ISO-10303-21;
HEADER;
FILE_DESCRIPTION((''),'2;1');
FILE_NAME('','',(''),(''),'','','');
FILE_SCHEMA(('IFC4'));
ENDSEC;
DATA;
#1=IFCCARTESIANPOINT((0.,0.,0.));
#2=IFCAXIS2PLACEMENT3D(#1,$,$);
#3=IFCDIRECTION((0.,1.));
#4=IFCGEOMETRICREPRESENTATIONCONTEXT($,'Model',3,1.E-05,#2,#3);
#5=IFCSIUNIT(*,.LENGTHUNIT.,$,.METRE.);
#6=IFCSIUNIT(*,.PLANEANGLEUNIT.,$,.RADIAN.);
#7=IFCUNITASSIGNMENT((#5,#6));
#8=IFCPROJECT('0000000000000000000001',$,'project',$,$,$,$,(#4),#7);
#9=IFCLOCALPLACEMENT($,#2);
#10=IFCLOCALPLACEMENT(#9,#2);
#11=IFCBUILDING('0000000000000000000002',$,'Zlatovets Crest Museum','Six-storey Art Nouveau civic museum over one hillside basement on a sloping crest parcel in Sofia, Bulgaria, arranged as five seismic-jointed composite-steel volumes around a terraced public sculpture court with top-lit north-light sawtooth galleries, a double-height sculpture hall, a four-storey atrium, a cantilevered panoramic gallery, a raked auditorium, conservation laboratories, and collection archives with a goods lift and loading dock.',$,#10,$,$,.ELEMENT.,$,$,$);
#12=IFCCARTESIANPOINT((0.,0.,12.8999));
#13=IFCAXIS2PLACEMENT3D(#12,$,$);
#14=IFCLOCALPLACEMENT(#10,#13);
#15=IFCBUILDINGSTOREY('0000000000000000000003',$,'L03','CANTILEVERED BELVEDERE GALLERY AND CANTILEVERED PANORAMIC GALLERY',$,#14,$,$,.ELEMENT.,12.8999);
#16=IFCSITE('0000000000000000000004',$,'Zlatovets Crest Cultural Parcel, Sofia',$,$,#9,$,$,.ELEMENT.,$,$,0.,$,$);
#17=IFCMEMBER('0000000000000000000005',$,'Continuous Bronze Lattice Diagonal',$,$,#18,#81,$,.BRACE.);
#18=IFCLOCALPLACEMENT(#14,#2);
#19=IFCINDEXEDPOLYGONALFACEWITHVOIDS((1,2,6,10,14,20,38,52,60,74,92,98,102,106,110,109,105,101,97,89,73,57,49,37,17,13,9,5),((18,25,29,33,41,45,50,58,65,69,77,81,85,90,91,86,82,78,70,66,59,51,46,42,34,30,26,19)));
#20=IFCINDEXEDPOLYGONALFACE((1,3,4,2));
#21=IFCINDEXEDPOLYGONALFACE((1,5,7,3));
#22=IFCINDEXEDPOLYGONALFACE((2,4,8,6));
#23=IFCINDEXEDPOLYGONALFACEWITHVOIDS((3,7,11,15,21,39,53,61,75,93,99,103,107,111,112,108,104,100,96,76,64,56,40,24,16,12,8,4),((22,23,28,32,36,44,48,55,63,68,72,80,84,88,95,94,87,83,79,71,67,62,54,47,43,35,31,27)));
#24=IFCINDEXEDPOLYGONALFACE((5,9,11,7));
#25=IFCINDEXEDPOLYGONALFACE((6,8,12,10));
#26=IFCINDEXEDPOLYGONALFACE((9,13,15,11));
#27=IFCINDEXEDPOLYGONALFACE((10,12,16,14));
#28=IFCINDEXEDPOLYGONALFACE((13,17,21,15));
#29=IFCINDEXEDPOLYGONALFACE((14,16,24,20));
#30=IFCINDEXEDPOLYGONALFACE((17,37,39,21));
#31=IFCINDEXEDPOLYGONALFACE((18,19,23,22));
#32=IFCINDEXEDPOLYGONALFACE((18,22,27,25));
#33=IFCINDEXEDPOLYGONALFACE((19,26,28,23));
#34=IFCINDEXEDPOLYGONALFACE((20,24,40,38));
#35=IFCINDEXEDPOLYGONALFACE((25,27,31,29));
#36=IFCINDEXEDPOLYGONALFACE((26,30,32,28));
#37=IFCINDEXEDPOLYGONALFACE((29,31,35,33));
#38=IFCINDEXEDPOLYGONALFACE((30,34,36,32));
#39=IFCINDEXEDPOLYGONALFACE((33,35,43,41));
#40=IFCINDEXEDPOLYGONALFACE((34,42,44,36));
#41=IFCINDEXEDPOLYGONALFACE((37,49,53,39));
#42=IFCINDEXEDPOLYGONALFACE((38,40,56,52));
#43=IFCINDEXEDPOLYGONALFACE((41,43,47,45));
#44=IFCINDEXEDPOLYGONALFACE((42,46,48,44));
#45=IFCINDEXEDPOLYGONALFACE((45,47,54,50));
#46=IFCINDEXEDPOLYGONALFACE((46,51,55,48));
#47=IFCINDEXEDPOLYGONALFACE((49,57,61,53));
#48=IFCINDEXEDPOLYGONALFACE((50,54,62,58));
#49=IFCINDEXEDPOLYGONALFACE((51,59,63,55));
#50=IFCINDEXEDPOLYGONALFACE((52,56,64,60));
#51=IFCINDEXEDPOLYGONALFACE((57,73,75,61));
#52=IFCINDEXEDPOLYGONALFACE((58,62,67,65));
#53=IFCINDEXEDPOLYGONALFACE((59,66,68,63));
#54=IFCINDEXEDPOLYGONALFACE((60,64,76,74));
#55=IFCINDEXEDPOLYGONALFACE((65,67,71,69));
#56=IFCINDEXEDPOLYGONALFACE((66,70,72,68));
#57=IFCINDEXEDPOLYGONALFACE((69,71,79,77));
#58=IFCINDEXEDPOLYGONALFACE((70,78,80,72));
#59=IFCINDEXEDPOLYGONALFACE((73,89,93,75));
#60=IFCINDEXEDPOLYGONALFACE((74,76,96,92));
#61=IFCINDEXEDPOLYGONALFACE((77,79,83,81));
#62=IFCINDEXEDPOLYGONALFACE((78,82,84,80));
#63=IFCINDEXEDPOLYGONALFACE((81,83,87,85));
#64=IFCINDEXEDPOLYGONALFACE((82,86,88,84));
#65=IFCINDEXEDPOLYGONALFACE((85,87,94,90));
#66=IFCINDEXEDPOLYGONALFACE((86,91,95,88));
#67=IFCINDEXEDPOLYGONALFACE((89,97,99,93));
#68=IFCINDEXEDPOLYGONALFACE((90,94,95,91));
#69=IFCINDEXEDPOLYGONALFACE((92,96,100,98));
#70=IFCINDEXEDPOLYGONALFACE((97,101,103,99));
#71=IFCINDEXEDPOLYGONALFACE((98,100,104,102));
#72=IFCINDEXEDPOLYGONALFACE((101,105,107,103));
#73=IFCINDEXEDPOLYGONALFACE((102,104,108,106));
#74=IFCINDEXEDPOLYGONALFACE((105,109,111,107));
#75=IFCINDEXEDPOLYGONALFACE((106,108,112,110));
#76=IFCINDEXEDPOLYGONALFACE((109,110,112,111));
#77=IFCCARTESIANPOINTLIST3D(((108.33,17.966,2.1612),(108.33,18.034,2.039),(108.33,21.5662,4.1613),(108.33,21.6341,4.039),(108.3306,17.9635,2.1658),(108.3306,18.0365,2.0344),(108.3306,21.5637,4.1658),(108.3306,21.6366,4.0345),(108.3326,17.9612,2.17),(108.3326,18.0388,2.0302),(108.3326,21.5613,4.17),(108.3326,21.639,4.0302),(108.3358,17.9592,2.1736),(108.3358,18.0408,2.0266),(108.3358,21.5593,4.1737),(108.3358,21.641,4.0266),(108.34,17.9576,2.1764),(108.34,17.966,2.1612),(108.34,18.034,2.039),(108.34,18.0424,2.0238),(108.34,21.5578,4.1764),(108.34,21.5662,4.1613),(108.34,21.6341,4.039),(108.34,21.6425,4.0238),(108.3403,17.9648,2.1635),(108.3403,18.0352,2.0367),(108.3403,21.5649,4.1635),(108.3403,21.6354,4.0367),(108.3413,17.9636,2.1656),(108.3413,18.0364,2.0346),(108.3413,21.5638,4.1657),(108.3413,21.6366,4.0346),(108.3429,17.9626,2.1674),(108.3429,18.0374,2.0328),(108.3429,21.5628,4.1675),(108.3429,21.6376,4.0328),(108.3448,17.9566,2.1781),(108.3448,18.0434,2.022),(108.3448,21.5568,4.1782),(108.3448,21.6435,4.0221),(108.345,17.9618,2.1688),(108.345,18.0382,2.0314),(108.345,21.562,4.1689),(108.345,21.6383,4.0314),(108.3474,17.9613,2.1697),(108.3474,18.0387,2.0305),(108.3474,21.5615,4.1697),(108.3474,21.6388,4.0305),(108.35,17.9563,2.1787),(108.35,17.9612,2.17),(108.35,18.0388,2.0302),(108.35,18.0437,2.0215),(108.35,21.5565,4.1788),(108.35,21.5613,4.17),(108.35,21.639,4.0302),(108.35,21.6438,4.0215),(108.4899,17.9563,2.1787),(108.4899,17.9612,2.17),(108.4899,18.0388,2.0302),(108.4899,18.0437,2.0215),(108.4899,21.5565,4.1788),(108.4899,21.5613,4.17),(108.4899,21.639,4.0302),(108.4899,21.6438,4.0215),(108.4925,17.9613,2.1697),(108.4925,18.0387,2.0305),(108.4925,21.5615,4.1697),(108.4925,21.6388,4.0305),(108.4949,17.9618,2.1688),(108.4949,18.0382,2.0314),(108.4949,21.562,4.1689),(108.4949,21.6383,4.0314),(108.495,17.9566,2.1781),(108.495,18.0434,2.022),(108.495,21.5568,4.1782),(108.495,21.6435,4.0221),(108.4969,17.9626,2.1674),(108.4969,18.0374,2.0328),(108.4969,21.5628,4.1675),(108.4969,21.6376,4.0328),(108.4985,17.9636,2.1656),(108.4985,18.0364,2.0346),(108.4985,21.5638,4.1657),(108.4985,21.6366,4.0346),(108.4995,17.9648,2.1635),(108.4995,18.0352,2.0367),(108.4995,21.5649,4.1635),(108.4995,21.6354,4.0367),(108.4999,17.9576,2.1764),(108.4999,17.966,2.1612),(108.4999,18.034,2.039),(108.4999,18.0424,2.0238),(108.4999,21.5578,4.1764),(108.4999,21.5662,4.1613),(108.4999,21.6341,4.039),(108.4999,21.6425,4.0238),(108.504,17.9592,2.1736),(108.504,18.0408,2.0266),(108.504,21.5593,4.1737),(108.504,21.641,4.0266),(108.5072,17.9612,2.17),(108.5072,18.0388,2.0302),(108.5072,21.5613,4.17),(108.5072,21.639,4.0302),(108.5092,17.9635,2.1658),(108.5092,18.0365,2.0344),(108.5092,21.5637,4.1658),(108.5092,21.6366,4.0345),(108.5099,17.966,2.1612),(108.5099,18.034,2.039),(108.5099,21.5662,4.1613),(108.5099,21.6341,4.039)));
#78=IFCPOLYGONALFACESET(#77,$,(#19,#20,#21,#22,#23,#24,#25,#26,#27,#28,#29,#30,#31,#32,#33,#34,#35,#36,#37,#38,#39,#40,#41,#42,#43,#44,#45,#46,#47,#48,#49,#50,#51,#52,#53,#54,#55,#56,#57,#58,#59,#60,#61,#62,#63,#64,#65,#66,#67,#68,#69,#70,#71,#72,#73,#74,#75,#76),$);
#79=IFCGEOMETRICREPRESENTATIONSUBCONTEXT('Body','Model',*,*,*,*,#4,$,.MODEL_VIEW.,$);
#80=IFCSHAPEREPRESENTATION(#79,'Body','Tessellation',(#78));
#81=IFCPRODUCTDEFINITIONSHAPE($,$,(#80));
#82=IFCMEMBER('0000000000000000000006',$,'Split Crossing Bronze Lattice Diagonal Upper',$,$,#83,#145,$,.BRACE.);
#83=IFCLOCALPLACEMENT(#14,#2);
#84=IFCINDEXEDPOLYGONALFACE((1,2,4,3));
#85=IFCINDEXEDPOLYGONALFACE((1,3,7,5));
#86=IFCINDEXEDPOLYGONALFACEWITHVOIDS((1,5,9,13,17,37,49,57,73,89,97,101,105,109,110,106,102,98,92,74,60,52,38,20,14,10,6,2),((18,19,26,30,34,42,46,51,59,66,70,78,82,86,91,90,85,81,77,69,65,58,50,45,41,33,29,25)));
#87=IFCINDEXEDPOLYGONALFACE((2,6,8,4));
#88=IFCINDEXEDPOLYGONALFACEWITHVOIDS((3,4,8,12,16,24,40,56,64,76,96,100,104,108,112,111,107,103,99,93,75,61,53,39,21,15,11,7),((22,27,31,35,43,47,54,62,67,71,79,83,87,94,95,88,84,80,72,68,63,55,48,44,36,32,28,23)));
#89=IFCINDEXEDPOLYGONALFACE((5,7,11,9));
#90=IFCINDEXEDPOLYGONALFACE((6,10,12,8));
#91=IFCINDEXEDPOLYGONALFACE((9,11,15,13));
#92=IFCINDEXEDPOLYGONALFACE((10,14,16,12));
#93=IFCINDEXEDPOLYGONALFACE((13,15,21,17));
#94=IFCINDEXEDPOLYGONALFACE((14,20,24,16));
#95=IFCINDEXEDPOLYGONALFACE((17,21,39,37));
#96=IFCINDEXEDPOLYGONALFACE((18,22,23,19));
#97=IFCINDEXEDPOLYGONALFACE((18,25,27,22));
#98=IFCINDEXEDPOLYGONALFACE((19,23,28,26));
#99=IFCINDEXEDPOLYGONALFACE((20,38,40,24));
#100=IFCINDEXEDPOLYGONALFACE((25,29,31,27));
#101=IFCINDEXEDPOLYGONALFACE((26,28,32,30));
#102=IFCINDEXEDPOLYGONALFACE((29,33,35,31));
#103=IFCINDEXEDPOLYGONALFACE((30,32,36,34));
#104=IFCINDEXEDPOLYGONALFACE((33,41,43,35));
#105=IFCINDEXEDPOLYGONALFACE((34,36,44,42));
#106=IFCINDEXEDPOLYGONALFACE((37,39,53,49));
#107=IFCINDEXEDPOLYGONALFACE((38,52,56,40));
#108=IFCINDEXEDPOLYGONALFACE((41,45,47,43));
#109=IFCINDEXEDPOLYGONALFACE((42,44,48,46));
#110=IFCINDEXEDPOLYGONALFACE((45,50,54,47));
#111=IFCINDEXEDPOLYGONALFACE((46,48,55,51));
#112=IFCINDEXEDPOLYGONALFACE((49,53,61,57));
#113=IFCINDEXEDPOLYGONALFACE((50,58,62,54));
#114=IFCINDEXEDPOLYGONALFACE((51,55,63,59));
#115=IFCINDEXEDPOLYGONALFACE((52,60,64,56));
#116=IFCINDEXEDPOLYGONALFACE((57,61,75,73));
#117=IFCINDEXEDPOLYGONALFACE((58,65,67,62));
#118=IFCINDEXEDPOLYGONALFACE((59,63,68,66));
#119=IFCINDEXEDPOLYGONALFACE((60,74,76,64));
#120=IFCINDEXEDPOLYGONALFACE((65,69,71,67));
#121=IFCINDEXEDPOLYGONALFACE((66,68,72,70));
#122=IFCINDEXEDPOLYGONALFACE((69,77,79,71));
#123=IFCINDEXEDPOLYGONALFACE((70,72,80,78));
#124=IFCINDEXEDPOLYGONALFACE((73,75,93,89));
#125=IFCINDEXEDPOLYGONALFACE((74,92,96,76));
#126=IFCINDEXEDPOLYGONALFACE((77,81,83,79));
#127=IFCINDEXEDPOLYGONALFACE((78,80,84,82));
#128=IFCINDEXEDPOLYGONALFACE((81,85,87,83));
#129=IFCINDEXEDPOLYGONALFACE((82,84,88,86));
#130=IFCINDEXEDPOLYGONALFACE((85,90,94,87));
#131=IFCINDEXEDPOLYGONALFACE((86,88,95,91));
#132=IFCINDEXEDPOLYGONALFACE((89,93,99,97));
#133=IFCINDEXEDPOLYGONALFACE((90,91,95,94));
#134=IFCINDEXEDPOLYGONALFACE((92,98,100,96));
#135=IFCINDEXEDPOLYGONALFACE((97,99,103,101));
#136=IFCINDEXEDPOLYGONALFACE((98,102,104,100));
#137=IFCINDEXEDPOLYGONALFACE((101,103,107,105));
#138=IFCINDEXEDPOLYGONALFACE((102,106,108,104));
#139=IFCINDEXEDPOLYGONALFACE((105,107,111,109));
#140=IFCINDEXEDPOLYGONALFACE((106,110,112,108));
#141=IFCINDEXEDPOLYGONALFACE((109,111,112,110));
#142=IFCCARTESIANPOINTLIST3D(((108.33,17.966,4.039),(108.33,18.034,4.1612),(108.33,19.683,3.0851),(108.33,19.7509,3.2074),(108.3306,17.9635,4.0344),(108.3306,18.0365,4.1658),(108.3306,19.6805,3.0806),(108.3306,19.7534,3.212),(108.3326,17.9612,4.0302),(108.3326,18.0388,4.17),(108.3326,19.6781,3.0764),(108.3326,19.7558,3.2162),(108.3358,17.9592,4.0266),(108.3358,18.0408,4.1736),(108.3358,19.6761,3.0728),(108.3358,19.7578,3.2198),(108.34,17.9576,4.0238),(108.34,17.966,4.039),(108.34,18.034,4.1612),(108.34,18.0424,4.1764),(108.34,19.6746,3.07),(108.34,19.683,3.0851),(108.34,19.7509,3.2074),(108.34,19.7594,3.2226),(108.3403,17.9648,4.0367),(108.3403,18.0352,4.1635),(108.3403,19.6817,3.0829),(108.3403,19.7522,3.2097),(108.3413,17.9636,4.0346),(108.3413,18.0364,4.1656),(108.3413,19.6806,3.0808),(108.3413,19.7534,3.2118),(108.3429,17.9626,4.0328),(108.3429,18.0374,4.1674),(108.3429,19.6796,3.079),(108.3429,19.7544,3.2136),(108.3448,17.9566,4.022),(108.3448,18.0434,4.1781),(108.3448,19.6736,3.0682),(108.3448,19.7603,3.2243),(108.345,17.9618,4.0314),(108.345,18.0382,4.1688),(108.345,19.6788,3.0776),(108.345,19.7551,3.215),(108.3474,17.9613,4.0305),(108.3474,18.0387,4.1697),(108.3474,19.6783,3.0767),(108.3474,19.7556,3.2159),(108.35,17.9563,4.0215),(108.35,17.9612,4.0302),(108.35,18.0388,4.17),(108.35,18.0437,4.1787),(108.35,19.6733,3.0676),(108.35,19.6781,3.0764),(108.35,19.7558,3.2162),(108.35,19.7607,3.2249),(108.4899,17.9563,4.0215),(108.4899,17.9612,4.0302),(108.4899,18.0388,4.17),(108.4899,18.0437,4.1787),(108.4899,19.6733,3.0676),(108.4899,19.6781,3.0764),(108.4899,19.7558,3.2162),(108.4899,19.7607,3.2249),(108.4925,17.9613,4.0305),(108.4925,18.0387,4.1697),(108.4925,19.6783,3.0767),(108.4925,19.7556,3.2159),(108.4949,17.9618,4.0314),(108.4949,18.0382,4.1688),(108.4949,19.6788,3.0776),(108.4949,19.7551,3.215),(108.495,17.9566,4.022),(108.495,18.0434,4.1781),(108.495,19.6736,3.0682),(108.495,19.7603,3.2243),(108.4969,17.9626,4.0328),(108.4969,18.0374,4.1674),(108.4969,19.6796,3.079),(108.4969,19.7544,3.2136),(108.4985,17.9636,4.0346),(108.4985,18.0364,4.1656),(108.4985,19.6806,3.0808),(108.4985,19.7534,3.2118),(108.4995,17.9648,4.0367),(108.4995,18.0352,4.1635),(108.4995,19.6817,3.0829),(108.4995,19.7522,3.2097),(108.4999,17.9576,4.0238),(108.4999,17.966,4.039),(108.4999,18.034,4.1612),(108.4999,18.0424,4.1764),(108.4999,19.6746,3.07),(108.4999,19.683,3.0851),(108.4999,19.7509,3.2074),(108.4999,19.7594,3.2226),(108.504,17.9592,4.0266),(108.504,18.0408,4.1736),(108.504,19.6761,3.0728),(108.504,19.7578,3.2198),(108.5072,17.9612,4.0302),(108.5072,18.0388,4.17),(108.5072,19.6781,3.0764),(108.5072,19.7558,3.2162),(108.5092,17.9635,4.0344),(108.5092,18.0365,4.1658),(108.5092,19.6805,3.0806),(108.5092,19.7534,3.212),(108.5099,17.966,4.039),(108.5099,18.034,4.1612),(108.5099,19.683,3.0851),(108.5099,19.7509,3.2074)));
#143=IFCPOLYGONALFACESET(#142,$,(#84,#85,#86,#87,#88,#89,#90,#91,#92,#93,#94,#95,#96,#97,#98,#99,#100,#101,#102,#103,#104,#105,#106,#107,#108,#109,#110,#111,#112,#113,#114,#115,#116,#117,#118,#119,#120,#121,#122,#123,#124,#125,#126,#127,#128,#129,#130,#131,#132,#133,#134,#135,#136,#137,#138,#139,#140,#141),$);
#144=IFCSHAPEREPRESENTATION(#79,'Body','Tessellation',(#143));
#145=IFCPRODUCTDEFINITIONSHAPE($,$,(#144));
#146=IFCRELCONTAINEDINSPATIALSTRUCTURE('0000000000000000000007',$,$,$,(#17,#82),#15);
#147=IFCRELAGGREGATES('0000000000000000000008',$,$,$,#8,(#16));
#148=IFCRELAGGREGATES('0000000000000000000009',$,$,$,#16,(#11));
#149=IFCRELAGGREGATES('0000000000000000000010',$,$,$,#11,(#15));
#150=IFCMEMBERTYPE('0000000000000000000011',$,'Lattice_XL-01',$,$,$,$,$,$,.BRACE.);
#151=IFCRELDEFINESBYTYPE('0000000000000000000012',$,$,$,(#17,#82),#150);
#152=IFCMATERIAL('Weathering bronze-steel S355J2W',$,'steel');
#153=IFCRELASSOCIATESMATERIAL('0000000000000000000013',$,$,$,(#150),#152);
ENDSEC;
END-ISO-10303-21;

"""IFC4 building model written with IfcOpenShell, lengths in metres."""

from ifc_helpers import new_model, si_unit, direction, frame, origin, origin_2d, place, context, subcontext, project, spatial, hollow_rectangle, extrude, material, material_profile, profile_set, type_object, element, save


model = new_model("IFC4")

# Units and contexts
model_context = context("Model", 3, precision=1e-05, world=origin(), true_north=direction((0.0, 1.0)))
body_context = subcontext(model_context, "Body", "Model", "MODEL_VIEW")
ifc_project = project(units=[si_unit("LENGTHUNIT", "METRE"), si_unit("PLANEANGLEUNIT", "RADIAN")], contexts=[model_context])

# Site, building, storey
site_placement = place(None, origin())
site = spatial("IfcSite", under=ifc_project, at=site_placement, Name="Zlatovets Crest Cultural Parcel, Sofia", CompositionType="ELEMENT", RefElevation=0.0)
building_placement = place(site_placement, origin())
building = spatial("IfcBuilding", under=site, at=building_placement, Name="Zlatovets Crest Museum", Description="Six-storey Art Nouveau civic museum over one hillside basement on a sloping crest parcel in Sofia, Bulgaria, arranged as five seismic-jointed composite-steel volumes around a terraced public sculpture court with top-lit north-light sawtooth galleries, a double-height sculpture hall, a four-storey atrium, a cantilevered panoramic gallery, a raked auditorium, conservation laboratories, and collection archives with a goods lift and loading dock.", CompositionType="ELEMENT")
storey_placement = place(building_placement, frame((0.0, 0.0, 12.8999)))
storey = spatial("IfcBuildingStorey", under=building, at=storey_placement, Name="L03", Description="CANTILEVERED BELVEDERE GALLERY AND CANTILEVERED PANORAMIC GALLERY", CompositionType="ELEMENT", Elevation=12.8999)

# Members
ifc_material_1 = material(Name="Weathering bronze-steel S355J2W", Category="steel")
ifc_material_profile_1 = material_profile(ifc_material_1, hollow_rectangle(XDim=0.1799, YDim=0.1799, WallThickness=0.01, InnerFilletRadius=0.01, OuterFilletRadius=0.02, at=origin_2d()), Name="SHS 180x180x10.0")
ifc_profile_set_1 = profile_set([ifc_material_profile_1], Name="Weathering bronze-steel S355J2W")
member_type_1 = type_object("IfcMemberType", Name="Lattice_XL-01", PredefinedType="BRACE", material=ifc_profile_set_1)
member_1_placement = place(storey_placement, frame((108.4199, 18.0, 2.1001), z_axis=(0.0, 0.874163, 0.485633), x_axis=(-1.0, 0.0, 0.0)))
element("IfcMember", 1, at=member_1_placement, inside=storey, type_object=member_type_1, Name="Continuous Bronze Lattice Diagonal", PredefinedType="BRACE", context=body_context, shape_type="SweptSolid", body=[
    extrude(hollow_rectangle(XDim=0.1799, YDim=0.1799, WallThickness=0.01, InnerFilletRadius=0.01, OuterFilletRadius=0.02, at=origin_2d()), origin(), (0.0, 0.0, 1.0), 4.1184),
])
member_2_placement = place(storey_placement, frame((108.4199, 18.0, 4.1001), z_axis=(0.0, 0.874169, -0.485622), x_axis=(-1.0, 0.0, 0.0)))
element("IfcMember", 2, at=member_2_placement, inside=storey, type_object=member_type_1, Name="Split Crossing Bronze Lattice Diagonal Upper", PredefinedType="BRACE", context=body_context, shape_type="SweptSolid", body=[
    extrude(hollow_rectangle(XDim=0.1799, YDim=0.1799, WallThickness=0.01, InnerFilletRadius=0.01, OuterFilletRadius=0.02, at=origin_2d()), origin(), (0.0, 0.0, 1.0), 1.9641),
])

save(model, "model.ifc")
